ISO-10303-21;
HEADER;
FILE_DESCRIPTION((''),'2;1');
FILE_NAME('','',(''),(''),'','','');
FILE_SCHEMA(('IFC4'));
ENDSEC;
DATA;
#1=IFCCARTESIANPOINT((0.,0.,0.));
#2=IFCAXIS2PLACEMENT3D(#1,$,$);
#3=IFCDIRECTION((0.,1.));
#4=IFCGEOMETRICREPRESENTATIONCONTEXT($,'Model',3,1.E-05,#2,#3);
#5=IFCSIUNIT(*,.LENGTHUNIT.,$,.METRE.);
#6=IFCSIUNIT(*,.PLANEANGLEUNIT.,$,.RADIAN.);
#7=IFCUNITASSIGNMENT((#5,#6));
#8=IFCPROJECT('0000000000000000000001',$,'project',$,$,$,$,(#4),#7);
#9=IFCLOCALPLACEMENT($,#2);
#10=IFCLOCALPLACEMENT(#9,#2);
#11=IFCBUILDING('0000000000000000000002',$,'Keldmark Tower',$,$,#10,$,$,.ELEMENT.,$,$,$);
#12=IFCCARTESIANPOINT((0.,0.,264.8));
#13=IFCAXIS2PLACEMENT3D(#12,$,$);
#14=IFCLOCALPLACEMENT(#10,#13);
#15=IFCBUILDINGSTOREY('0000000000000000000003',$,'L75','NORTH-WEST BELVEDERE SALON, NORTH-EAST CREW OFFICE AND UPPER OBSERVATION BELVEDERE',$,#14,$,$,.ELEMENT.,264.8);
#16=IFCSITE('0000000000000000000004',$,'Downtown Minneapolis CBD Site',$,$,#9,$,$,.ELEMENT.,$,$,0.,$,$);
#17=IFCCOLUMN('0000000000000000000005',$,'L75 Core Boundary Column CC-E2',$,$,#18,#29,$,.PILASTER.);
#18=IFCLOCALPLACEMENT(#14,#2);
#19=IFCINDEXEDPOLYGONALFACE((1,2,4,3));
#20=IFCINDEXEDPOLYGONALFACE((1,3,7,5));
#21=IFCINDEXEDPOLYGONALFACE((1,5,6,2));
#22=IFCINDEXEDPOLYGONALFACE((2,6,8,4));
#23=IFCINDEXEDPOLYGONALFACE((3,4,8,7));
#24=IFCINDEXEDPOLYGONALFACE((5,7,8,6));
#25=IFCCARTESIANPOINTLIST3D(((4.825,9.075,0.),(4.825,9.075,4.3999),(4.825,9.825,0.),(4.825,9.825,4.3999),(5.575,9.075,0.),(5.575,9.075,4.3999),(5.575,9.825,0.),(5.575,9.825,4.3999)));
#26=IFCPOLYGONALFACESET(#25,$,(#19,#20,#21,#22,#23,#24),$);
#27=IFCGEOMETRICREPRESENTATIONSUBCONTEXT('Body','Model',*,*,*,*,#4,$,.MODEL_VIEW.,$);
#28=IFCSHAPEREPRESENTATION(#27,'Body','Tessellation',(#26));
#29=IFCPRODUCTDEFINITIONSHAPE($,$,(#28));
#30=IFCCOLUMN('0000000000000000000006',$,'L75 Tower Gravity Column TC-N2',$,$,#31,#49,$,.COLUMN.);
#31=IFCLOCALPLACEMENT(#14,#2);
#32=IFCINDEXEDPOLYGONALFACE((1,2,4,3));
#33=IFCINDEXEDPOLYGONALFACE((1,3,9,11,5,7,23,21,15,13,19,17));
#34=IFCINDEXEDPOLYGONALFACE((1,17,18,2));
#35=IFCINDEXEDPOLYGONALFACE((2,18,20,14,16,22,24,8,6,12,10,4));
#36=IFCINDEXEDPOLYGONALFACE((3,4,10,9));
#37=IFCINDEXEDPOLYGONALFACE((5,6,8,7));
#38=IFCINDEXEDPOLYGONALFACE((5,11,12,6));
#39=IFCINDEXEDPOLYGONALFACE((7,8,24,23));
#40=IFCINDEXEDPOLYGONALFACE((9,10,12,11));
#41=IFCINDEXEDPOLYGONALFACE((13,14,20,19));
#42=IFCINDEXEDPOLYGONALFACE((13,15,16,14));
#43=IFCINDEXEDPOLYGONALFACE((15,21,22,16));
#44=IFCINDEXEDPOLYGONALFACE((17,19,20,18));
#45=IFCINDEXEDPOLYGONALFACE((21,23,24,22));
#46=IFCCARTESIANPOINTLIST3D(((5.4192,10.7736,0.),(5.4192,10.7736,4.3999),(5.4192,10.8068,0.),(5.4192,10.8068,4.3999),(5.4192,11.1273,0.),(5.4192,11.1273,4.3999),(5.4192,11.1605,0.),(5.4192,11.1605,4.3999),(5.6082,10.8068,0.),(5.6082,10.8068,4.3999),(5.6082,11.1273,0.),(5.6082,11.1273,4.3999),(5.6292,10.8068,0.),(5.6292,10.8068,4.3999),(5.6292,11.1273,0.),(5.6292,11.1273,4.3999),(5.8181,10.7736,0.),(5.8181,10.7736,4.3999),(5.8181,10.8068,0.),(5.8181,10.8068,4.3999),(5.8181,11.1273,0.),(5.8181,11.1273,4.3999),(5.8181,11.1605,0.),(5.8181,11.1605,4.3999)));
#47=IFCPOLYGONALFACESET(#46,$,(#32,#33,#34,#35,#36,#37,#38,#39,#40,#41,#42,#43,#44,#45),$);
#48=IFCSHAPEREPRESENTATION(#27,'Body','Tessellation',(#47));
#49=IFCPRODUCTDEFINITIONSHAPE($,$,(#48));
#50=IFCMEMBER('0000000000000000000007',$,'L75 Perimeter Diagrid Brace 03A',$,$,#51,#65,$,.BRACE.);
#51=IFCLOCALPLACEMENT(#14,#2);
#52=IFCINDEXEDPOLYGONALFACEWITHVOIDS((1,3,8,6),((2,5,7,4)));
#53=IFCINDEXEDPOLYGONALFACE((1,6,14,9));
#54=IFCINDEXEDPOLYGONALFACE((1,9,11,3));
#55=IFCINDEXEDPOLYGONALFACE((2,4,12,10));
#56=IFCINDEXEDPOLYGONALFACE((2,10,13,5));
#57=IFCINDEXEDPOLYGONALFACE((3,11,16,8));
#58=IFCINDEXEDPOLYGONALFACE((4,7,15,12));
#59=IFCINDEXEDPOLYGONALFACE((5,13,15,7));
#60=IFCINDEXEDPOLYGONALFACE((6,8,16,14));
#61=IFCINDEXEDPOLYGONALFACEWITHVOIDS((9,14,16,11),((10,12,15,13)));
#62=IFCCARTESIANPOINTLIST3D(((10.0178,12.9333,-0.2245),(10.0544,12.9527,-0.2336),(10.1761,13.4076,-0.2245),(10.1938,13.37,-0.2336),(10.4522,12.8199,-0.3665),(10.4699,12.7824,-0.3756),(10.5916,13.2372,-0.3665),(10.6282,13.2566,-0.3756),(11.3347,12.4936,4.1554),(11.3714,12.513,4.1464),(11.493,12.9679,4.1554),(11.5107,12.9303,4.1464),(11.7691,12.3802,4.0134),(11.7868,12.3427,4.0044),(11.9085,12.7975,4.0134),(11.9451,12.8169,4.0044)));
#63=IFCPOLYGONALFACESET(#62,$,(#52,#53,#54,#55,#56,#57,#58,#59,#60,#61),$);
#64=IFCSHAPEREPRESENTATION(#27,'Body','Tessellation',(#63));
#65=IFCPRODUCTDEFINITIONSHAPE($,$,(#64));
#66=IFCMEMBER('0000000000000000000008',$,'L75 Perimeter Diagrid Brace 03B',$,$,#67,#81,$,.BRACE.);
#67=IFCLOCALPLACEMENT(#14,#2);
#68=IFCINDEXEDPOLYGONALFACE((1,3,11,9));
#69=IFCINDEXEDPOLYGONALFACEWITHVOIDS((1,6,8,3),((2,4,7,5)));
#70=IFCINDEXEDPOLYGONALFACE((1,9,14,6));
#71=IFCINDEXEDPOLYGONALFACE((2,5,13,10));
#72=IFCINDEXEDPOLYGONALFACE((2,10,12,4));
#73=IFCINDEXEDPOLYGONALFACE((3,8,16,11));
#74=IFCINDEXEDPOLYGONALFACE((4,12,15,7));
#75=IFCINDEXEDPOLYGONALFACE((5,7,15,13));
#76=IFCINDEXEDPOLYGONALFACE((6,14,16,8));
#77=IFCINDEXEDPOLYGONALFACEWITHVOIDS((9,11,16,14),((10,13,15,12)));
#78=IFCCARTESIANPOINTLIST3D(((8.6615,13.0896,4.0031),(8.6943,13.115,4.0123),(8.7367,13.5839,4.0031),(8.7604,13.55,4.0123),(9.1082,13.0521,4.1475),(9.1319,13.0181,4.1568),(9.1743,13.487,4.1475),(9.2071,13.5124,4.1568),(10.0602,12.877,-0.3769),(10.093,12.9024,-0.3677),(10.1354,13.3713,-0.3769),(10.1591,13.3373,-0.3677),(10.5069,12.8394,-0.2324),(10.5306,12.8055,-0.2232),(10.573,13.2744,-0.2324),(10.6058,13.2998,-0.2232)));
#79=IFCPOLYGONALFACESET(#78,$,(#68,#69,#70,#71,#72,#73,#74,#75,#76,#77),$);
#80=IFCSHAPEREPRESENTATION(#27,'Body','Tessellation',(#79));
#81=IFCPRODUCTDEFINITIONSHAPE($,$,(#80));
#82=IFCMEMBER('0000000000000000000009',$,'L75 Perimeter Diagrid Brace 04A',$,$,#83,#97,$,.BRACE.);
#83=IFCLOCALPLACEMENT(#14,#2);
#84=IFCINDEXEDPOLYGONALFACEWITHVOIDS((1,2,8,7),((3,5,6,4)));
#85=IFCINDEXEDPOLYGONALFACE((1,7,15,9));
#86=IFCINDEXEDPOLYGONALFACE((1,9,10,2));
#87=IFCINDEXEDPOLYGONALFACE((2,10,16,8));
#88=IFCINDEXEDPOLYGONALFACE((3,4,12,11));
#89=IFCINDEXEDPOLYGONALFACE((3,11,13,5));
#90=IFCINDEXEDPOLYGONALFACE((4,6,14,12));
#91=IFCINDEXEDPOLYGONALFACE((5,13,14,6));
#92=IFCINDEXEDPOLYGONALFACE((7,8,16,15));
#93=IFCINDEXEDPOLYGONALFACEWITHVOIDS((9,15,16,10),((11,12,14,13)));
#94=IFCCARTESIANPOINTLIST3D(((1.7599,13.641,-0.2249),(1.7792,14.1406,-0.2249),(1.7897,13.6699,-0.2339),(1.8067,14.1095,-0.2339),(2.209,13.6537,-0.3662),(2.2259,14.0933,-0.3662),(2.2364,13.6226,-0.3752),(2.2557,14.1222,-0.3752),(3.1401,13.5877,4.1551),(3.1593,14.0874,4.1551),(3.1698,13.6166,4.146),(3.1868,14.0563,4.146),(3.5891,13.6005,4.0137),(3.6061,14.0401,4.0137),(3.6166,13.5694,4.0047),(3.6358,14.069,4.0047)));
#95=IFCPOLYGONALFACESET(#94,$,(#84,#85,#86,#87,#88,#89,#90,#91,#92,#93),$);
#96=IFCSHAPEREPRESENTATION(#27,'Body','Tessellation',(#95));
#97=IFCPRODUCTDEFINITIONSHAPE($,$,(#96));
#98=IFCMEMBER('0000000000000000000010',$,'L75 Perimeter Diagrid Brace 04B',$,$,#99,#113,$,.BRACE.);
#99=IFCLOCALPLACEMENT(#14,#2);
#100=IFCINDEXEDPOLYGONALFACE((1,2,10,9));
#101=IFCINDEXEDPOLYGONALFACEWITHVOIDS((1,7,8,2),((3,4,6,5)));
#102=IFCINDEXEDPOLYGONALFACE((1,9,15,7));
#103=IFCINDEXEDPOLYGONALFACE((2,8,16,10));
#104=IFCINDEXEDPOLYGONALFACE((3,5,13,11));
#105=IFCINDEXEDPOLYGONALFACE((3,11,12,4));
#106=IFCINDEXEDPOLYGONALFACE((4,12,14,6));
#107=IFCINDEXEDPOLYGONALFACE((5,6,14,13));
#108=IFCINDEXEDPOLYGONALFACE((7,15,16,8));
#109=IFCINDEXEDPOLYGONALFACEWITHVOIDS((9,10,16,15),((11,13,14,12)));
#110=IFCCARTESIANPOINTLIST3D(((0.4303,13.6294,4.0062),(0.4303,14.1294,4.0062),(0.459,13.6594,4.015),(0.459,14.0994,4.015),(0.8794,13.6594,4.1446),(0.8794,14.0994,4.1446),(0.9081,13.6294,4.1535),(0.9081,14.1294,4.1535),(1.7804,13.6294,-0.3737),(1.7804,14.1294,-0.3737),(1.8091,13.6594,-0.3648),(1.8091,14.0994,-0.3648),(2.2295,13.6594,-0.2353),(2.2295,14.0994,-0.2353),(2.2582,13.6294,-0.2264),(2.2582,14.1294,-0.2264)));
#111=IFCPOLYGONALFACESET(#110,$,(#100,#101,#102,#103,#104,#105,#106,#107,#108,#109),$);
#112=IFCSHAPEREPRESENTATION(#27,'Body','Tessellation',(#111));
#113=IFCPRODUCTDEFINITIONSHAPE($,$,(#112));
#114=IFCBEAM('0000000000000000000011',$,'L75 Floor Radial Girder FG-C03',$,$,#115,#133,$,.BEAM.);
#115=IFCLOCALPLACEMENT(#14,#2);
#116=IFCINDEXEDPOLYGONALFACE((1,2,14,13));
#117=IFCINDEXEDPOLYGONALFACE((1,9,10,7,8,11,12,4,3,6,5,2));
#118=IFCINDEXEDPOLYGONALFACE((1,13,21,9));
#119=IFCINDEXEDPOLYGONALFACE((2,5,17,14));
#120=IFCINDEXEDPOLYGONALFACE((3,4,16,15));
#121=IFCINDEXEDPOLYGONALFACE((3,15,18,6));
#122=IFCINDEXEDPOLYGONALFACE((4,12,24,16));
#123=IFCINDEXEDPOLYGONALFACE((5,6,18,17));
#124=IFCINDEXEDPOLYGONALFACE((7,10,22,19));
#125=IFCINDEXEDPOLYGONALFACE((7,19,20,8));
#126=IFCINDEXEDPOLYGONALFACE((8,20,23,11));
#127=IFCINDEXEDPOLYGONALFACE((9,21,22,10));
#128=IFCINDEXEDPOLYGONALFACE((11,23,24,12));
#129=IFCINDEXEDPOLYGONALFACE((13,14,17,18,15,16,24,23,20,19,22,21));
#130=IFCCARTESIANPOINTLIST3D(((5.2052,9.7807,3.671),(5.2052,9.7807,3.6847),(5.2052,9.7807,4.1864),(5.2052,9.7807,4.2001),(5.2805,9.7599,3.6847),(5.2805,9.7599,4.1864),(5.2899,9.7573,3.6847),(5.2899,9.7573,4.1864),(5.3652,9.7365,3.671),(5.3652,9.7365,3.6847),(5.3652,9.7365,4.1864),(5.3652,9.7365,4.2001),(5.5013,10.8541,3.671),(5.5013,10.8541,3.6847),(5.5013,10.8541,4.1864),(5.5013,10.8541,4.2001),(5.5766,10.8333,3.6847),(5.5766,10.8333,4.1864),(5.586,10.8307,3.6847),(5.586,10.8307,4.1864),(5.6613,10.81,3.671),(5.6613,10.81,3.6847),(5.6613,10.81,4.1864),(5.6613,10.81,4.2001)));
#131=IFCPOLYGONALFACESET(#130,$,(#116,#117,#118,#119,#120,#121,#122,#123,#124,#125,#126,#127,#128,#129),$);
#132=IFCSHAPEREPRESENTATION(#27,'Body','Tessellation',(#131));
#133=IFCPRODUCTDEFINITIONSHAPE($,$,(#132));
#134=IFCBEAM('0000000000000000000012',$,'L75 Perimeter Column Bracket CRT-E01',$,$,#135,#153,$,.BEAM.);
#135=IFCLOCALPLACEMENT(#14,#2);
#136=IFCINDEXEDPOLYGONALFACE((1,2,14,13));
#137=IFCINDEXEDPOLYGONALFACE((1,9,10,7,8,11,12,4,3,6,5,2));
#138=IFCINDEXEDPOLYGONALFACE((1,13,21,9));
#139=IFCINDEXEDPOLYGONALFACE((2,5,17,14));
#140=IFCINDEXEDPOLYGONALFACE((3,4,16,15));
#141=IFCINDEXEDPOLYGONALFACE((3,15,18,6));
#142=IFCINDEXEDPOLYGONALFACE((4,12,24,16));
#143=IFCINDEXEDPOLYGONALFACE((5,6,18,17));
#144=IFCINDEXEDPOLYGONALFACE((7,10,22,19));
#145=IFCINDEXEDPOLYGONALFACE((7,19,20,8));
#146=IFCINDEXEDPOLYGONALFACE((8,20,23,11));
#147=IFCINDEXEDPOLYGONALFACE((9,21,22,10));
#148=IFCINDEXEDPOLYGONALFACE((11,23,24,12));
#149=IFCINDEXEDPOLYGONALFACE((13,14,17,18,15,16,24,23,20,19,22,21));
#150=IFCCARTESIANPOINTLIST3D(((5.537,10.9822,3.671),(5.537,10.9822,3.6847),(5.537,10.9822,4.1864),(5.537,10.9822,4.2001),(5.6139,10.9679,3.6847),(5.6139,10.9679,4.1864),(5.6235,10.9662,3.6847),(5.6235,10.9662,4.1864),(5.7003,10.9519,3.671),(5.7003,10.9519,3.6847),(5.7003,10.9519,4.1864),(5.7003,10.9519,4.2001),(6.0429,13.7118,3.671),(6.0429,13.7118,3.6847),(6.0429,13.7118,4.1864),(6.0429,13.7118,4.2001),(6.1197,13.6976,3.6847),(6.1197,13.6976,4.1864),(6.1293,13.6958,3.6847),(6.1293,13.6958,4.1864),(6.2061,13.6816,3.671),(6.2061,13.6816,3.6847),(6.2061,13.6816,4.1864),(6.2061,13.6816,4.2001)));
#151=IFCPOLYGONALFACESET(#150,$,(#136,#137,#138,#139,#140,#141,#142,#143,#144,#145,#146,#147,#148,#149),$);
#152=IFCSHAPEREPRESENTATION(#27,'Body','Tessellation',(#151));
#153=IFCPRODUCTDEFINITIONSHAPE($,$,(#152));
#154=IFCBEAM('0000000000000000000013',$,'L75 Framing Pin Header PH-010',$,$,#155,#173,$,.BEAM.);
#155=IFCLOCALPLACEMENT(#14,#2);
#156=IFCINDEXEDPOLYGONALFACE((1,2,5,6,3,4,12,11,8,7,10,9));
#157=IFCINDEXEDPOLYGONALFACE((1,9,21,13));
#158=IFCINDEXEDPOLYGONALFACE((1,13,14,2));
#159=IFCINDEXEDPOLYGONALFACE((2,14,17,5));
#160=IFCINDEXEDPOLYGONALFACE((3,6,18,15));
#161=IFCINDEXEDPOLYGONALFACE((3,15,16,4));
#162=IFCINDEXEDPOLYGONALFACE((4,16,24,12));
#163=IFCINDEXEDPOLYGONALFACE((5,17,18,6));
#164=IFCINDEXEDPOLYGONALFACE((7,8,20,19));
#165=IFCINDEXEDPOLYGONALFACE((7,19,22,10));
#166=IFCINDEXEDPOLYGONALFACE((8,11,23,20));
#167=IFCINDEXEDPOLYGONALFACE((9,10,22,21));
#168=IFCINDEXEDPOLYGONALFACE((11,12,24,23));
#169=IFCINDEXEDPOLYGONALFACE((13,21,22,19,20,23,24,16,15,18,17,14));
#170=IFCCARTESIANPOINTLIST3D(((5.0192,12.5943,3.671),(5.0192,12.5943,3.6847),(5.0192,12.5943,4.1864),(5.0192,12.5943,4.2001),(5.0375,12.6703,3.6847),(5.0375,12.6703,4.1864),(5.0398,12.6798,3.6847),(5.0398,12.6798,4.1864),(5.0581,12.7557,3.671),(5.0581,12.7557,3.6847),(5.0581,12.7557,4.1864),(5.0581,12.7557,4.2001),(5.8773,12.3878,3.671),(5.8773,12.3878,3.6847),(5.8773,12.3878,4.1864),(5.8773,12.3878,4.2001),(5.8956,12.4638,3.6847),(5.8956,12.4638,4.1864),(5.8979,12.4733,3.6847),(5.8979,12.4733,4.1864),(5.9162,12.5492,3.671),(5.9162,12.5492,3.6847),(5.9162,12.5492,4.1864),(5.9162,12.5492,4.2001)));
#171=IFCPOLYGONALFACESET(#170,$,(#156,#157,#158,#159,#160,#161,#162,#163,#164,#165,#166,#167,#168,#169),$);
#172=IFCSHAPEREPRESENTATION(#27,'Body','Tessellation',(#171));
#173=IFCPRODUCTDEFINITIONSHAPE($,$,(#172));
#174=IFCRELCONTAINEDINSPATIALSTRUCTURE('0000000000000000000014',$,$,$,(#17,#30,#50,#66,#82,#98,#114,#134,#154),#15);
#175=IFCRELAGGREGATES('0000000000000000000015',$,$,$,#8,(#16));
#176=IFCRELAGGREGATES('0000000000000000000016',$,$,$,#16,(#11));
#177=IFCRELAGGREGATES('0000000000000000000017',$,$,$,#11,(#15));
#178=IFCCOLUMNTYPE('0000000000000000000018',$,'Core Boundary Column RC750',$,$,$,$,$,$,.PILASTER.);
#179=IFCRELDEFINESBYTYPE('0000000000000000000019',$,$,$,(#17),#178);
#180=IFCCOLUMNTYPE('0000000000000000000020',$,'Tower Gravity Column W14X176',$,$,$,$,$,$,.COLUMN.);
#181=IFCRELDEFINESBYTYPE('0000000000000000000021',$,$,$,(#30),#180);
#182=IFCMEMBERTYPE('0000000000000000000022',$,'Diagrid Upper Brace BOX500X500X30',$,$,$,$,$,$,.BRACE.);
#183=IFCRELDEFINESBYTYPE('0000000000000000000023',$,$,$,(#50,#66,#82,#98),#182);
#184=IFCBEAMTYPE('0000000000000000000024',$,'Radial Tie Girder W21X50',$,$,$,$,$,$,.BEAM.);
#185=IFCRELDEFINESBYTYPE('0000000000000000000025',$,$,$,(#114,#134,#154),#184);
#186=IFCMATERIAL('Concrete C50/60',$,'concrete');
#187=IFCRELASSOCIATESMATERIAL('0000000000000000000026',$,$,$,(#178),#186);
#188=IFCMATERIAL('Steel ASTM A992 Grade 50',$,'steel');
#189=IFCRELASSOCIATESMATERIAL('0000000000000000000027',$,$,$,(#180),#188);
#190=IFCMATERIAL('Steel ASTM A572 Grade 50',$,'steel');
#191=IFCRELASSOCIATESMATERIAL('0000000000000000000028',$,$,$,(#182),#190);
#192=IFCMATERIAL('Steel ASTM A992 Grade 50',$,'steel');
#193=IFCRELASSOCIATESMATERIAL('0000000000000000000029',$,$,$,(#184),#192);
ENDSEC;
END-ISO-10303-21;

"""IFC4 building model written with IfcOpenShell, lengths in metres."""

from ifc_helpers import new_model, si_unit, direction, frame, origin, origin_2d, place, context, subcontext, project, spatial, rectangle, hollow_rectangle, i_section, extrude, material, material_profile, profile_set, type_object, element, save


model = new_model("IFC4")

# Units and contexts
model_context = context("Model", 3, precision=1e-05, world=origin(), true_north=direction((0.0, 1.0)))
body_context = subcontext(model_context, "Body", "Model", "MODEL_VIEW")
ifc_project = project(units=[si_unit("LENGTHUNIT", "METRE"), si_unit("PLANEANGLEUNIT", "RADIAN")], contexts=[model_context])

# Site, building, storey
site_placement = place(None, origin())
site = spatial("IfcSite", under=ifc_project, at=site_placement, Name="Downtown Minneapolis CBD Site", CompositionType="ELEMENT", RefElevation=0.0)
building_placement = place(site_placement, origin())
building = spatial("IfcBuilding", under=site, at=building_placement, Name="Keldmark Tower", CompositionType="ELEMENT")
storey_placement = place(building_placement, frame((0.0, 0.0, 264.8)))
storey = spatial("IfcBuildingStorey", under=building, at=storey_placement, Name="L75", Description="NORTH-WEST BELVEDERE SALON, NORTH-EAST CREW OFFICE AND UPPER OBSERVATION BELVEDERE", CompositionType="ELEMENT", Elevation=264.8)

# Columns
ifc_material_1 = material(Name="Concrete C50/60", Category="concrete")
ifc_material_profile_1 = material_profile(ifc_material_1, rectangle(XDim=0.75, YDim=0.75, at=origin_2d()), Name="RC750X750")
ifc_profile_set_1 = profile_set([ifc_material_profile_1], Name="Concrete C50/60")
column_type_1 = type_object("IfcColumnType", Name="Core Boundary Column RC750", PredefinedType="PILASTER", material=ifc_profile_set_1)
column_1_placement = place(storey_placement, frame((5.2, 9.45, 0.0), z_axis=(0.0, 0.0, 1.0), x_axis=(1.0, 0.0, 0.0)))
element("IfcColumn", 1, at=column_1_placement, inside=storey, type_object=column_type_1, Name="L75 Core Boundary Column CC-E2", PredefinedType="PILASTER", context=body_context, shape_type="SweptSolid", body=[
    extrude(rectangle(XDim=0.75, YDim=0.75, at=origin_2d()), origin(), (0.0, 0.0, 1.0), 4.3999),
])
ifc_material_2 = material(Name="Steel ASTM A992 Grade 50", Category="steel")
ifc_material_profile_2 = material_profile(ifc_material_2, i_section(OverallWidth=0.3989, OverallDepth=0.387, WebThickness=0.021, FlangeThickness=0.0332, at=origin_2d()), Name="W14X176")
ifc_profile_set_2 = profile_set([ifc_material_profile_2], Name="Steel ASTM A992 Grade 50")
column_type_2 = type_object("IfcColumnType", Name="Tower Gravity Column W14X176", PredefinedType="COLUMN", material=ifc_profile_set_2)
column_2_placement = place(storey_placement, frame((5.6187, 10.967, 0.0), z_axis=(0.0, 0.0, 1.0), x_axis=(1.0, 0.0, 0.0)))
element("IfcColumn", 2, at=column_2_placement, inside=storey, type_object=column_type_2, Name="L75 Tower Gravity Column TC-N2", PredefinedType="COLUMN", context=body_context, shape_type="SweptSolid", body=[
    extrude(i_section(OverallWidth=0.3989, OverallDepth=0.387, WebThickness=0.021, FlangeThickness=0.0332, at=origin_2d()), origin(), (0.0, 0.0, 1.0), 4.3999),
])

# Members
ifc_material_3 = material(Name="Steel ASTM A572 Grade 50", Category="steel")
ifc_material_profile_3 = material_profile(ifc_material_3, hollow_rectangle(XDim=0.5, YDim=0.5, WallThickness=0.03, at=origin_2d()), Name="BOX500X500X30")
ifc_profile_set_3 = profile_set([ifc_material_profile_3], Name="Steel ASTM A572 Grade 50")
member_type = type_object("IfcMemberType", Name="Diagrid Upper Brace BOX500X500X30", PredefinedType="BRACE", material=ifc_profile_set_3)
member_1_placement = place(storey_placement, frame((10.323, 13.095, -0.3), z_axis=(0.286614, -0.095697, 0.953255), x_axis=(0.316703, 0.948525, 0.0)))
element("IfcMember", 3, at=member_1_placement, inside=storey, type_object=member_type, Name="L75 Perimeter Diagrid Brace 03A", PredefinedType="BRACE", context=body_context, shape_type="SweptSolid", body=[
    extrude(hollow_rectangle(XDim=0.5, YDim=0.5, WallThickness=0.03, at=origin_2d()), origin(), (0.0, 0.0, 1.0), 4.5947),
])
member_2_placement = place(storey_placement, frame((10.333, 13.0884, -0.3), z_axis=(-0.303882, 0.0462, 0.951589), x_axis=(-0.150306, -0.988639, 0.0)))
element("IfcMember", 4, at=member_2_placement, inside=storey, type_object=member_type, Name="L75 Perimeter Diagrid Brace 03B", PredefinedType="BRACE", context=body_context, shape_type="SweptSolid", body=[
    extrude(hollow_rectangle(XDim=0.5, YDim=0.5, WallThickness=0.03, at=origin_2d()), origin(), (0.0, 0.0, 1.0), 4.6028),
])
member_3_placement = place(storey_placement, frame((2.0078, 13.8816, -0.3), z_axis=(0.300518, -0.011589, 0.953706), x_axis=(0.038535, 0.999257, 0.0)))
element("IfcMember", 5, at=member_3_placement, inside=storey, type_object=member_type, Name="L75 Perimeter Diagrid Brace 04A", PredefinedType="BRACE", context=body_context, shape_type="SweptSolid", body=[
    extrude(hollow_rectangle(XDim=0.5, YDim=0.5, WallThickness=0.03, at=origin_2d()), origin(), (0.0, 0.0, 1.0), 4.5925),
])
member_4_placement = place(storey_placement, frame((2.0193, 13.8794, -0.3), z_axis=(-0.294572, 0.0, 0.955629), x_axis=(0.0, -1.0, 0.0)))
element("IfcMember", 6, at=member_4_placement, inside=storey, type_object=member_type, Name="L75 Perimeter Diagrid Brace 04B", PredefinedType="BRACE", context=body_context, shape_type="SweptSolid", body=[
    extrude(hollow_rectangle(XDim=0.5, YDim=0.5, WallThickness=0.03, at=origin_2d()), origin(), (0.0, 0.0, 1.0), 4.5833),
])

# Beams
ifc_material_4 = material(Name="Steel ASTM A992 Grade 50", Category="steel")
ifc_material_profile_4 = material_profile(ifc_material_4, i_section(OverallWidth=0.166, OverallDepth=0.5291, WebThickness=0.0098, FlangeThickness=0.0137, at=origin_2d()), Name="W21X50")
ifc_profile_set_4 = profile_set([ifc_material_profile_4], Name="Steel ASTM A992 Grade 50")
beam_type_1 = type_object("IfcBeamType", Name="Radial Tie Girder W21X50", PredefinedType="BEAM", material=ifc_profile_set_4)
beam_1_placement = place(storey_placement, frame((5.5813, 10.832, 3.9355), z_axis=(-0.265936, -0.963991, 0.0), x_axis=(0.963991, -0.265936, 0.0)))
element("IfcBeam", 7, at=beam_1_placement, inside=storey, type_object=beam_type_1, Name="L75 Floor Radial Girder FG-C03", PredefinedType="BEAM", context=body_context, shape_type="SweptSolid", body=[
    extrude(i_section(OverallWidth=0.166, OverallDepth=0.5291, WebThickness=0.0098, FlangeThickness=0.0137, at=origin_2d()), origin(), (0.0, 0.0, 1.0), 1.1135),
])
beam_2_placement = place(storey_placement, frame((5.6187, 10.967, 3.9355), z_axis=(0.182212, 0.983259, 0.0), x_axis=(-0.983259, 0.182212, 0.0)))
element("IfcBeam", 8, at=beam_2_placement, inside=storey, type_object=beam_type_1, Name="L75 Perimeter Column Bracket CRT-E01", PredefinedType="BEAM", context=body_context, shape_type="SweptSolid", body=[
    extrude(i_section(OverallWidth=0.166, OverallDepth=0.5291, WebThickness=0.0098, FlangeThickness=0.0137, at=origin_2d()), origin(), (0.0, 0.0, 1.0), 2.7761),
])
beam_3_placement = place(storey_placement, frame((5.8967, 12.4685, 3.9355), z_axis=(-0.972236, 0.234001, 0.0), x_axis=(-0.234001, -0.972236, 0.0)))
element("IfcBeam", 9, at=beam_3_placement, inside=storey, type_object=beam_type_1, Name="L75 Framing Pin Header PH-010", PredefinedType="BEAM", context=body_context, shape_type="SweptSolid", body=[
    extrude(i_section(OverallWidth=0.166, OverallDepth=0.5291, WebThickness=0.0098, FlangeThickness=0.0137, at=origin_2d()), origin(), (0.0, 0.0, 1.0), 0.8826),
])

save(model, "model.ifc")
